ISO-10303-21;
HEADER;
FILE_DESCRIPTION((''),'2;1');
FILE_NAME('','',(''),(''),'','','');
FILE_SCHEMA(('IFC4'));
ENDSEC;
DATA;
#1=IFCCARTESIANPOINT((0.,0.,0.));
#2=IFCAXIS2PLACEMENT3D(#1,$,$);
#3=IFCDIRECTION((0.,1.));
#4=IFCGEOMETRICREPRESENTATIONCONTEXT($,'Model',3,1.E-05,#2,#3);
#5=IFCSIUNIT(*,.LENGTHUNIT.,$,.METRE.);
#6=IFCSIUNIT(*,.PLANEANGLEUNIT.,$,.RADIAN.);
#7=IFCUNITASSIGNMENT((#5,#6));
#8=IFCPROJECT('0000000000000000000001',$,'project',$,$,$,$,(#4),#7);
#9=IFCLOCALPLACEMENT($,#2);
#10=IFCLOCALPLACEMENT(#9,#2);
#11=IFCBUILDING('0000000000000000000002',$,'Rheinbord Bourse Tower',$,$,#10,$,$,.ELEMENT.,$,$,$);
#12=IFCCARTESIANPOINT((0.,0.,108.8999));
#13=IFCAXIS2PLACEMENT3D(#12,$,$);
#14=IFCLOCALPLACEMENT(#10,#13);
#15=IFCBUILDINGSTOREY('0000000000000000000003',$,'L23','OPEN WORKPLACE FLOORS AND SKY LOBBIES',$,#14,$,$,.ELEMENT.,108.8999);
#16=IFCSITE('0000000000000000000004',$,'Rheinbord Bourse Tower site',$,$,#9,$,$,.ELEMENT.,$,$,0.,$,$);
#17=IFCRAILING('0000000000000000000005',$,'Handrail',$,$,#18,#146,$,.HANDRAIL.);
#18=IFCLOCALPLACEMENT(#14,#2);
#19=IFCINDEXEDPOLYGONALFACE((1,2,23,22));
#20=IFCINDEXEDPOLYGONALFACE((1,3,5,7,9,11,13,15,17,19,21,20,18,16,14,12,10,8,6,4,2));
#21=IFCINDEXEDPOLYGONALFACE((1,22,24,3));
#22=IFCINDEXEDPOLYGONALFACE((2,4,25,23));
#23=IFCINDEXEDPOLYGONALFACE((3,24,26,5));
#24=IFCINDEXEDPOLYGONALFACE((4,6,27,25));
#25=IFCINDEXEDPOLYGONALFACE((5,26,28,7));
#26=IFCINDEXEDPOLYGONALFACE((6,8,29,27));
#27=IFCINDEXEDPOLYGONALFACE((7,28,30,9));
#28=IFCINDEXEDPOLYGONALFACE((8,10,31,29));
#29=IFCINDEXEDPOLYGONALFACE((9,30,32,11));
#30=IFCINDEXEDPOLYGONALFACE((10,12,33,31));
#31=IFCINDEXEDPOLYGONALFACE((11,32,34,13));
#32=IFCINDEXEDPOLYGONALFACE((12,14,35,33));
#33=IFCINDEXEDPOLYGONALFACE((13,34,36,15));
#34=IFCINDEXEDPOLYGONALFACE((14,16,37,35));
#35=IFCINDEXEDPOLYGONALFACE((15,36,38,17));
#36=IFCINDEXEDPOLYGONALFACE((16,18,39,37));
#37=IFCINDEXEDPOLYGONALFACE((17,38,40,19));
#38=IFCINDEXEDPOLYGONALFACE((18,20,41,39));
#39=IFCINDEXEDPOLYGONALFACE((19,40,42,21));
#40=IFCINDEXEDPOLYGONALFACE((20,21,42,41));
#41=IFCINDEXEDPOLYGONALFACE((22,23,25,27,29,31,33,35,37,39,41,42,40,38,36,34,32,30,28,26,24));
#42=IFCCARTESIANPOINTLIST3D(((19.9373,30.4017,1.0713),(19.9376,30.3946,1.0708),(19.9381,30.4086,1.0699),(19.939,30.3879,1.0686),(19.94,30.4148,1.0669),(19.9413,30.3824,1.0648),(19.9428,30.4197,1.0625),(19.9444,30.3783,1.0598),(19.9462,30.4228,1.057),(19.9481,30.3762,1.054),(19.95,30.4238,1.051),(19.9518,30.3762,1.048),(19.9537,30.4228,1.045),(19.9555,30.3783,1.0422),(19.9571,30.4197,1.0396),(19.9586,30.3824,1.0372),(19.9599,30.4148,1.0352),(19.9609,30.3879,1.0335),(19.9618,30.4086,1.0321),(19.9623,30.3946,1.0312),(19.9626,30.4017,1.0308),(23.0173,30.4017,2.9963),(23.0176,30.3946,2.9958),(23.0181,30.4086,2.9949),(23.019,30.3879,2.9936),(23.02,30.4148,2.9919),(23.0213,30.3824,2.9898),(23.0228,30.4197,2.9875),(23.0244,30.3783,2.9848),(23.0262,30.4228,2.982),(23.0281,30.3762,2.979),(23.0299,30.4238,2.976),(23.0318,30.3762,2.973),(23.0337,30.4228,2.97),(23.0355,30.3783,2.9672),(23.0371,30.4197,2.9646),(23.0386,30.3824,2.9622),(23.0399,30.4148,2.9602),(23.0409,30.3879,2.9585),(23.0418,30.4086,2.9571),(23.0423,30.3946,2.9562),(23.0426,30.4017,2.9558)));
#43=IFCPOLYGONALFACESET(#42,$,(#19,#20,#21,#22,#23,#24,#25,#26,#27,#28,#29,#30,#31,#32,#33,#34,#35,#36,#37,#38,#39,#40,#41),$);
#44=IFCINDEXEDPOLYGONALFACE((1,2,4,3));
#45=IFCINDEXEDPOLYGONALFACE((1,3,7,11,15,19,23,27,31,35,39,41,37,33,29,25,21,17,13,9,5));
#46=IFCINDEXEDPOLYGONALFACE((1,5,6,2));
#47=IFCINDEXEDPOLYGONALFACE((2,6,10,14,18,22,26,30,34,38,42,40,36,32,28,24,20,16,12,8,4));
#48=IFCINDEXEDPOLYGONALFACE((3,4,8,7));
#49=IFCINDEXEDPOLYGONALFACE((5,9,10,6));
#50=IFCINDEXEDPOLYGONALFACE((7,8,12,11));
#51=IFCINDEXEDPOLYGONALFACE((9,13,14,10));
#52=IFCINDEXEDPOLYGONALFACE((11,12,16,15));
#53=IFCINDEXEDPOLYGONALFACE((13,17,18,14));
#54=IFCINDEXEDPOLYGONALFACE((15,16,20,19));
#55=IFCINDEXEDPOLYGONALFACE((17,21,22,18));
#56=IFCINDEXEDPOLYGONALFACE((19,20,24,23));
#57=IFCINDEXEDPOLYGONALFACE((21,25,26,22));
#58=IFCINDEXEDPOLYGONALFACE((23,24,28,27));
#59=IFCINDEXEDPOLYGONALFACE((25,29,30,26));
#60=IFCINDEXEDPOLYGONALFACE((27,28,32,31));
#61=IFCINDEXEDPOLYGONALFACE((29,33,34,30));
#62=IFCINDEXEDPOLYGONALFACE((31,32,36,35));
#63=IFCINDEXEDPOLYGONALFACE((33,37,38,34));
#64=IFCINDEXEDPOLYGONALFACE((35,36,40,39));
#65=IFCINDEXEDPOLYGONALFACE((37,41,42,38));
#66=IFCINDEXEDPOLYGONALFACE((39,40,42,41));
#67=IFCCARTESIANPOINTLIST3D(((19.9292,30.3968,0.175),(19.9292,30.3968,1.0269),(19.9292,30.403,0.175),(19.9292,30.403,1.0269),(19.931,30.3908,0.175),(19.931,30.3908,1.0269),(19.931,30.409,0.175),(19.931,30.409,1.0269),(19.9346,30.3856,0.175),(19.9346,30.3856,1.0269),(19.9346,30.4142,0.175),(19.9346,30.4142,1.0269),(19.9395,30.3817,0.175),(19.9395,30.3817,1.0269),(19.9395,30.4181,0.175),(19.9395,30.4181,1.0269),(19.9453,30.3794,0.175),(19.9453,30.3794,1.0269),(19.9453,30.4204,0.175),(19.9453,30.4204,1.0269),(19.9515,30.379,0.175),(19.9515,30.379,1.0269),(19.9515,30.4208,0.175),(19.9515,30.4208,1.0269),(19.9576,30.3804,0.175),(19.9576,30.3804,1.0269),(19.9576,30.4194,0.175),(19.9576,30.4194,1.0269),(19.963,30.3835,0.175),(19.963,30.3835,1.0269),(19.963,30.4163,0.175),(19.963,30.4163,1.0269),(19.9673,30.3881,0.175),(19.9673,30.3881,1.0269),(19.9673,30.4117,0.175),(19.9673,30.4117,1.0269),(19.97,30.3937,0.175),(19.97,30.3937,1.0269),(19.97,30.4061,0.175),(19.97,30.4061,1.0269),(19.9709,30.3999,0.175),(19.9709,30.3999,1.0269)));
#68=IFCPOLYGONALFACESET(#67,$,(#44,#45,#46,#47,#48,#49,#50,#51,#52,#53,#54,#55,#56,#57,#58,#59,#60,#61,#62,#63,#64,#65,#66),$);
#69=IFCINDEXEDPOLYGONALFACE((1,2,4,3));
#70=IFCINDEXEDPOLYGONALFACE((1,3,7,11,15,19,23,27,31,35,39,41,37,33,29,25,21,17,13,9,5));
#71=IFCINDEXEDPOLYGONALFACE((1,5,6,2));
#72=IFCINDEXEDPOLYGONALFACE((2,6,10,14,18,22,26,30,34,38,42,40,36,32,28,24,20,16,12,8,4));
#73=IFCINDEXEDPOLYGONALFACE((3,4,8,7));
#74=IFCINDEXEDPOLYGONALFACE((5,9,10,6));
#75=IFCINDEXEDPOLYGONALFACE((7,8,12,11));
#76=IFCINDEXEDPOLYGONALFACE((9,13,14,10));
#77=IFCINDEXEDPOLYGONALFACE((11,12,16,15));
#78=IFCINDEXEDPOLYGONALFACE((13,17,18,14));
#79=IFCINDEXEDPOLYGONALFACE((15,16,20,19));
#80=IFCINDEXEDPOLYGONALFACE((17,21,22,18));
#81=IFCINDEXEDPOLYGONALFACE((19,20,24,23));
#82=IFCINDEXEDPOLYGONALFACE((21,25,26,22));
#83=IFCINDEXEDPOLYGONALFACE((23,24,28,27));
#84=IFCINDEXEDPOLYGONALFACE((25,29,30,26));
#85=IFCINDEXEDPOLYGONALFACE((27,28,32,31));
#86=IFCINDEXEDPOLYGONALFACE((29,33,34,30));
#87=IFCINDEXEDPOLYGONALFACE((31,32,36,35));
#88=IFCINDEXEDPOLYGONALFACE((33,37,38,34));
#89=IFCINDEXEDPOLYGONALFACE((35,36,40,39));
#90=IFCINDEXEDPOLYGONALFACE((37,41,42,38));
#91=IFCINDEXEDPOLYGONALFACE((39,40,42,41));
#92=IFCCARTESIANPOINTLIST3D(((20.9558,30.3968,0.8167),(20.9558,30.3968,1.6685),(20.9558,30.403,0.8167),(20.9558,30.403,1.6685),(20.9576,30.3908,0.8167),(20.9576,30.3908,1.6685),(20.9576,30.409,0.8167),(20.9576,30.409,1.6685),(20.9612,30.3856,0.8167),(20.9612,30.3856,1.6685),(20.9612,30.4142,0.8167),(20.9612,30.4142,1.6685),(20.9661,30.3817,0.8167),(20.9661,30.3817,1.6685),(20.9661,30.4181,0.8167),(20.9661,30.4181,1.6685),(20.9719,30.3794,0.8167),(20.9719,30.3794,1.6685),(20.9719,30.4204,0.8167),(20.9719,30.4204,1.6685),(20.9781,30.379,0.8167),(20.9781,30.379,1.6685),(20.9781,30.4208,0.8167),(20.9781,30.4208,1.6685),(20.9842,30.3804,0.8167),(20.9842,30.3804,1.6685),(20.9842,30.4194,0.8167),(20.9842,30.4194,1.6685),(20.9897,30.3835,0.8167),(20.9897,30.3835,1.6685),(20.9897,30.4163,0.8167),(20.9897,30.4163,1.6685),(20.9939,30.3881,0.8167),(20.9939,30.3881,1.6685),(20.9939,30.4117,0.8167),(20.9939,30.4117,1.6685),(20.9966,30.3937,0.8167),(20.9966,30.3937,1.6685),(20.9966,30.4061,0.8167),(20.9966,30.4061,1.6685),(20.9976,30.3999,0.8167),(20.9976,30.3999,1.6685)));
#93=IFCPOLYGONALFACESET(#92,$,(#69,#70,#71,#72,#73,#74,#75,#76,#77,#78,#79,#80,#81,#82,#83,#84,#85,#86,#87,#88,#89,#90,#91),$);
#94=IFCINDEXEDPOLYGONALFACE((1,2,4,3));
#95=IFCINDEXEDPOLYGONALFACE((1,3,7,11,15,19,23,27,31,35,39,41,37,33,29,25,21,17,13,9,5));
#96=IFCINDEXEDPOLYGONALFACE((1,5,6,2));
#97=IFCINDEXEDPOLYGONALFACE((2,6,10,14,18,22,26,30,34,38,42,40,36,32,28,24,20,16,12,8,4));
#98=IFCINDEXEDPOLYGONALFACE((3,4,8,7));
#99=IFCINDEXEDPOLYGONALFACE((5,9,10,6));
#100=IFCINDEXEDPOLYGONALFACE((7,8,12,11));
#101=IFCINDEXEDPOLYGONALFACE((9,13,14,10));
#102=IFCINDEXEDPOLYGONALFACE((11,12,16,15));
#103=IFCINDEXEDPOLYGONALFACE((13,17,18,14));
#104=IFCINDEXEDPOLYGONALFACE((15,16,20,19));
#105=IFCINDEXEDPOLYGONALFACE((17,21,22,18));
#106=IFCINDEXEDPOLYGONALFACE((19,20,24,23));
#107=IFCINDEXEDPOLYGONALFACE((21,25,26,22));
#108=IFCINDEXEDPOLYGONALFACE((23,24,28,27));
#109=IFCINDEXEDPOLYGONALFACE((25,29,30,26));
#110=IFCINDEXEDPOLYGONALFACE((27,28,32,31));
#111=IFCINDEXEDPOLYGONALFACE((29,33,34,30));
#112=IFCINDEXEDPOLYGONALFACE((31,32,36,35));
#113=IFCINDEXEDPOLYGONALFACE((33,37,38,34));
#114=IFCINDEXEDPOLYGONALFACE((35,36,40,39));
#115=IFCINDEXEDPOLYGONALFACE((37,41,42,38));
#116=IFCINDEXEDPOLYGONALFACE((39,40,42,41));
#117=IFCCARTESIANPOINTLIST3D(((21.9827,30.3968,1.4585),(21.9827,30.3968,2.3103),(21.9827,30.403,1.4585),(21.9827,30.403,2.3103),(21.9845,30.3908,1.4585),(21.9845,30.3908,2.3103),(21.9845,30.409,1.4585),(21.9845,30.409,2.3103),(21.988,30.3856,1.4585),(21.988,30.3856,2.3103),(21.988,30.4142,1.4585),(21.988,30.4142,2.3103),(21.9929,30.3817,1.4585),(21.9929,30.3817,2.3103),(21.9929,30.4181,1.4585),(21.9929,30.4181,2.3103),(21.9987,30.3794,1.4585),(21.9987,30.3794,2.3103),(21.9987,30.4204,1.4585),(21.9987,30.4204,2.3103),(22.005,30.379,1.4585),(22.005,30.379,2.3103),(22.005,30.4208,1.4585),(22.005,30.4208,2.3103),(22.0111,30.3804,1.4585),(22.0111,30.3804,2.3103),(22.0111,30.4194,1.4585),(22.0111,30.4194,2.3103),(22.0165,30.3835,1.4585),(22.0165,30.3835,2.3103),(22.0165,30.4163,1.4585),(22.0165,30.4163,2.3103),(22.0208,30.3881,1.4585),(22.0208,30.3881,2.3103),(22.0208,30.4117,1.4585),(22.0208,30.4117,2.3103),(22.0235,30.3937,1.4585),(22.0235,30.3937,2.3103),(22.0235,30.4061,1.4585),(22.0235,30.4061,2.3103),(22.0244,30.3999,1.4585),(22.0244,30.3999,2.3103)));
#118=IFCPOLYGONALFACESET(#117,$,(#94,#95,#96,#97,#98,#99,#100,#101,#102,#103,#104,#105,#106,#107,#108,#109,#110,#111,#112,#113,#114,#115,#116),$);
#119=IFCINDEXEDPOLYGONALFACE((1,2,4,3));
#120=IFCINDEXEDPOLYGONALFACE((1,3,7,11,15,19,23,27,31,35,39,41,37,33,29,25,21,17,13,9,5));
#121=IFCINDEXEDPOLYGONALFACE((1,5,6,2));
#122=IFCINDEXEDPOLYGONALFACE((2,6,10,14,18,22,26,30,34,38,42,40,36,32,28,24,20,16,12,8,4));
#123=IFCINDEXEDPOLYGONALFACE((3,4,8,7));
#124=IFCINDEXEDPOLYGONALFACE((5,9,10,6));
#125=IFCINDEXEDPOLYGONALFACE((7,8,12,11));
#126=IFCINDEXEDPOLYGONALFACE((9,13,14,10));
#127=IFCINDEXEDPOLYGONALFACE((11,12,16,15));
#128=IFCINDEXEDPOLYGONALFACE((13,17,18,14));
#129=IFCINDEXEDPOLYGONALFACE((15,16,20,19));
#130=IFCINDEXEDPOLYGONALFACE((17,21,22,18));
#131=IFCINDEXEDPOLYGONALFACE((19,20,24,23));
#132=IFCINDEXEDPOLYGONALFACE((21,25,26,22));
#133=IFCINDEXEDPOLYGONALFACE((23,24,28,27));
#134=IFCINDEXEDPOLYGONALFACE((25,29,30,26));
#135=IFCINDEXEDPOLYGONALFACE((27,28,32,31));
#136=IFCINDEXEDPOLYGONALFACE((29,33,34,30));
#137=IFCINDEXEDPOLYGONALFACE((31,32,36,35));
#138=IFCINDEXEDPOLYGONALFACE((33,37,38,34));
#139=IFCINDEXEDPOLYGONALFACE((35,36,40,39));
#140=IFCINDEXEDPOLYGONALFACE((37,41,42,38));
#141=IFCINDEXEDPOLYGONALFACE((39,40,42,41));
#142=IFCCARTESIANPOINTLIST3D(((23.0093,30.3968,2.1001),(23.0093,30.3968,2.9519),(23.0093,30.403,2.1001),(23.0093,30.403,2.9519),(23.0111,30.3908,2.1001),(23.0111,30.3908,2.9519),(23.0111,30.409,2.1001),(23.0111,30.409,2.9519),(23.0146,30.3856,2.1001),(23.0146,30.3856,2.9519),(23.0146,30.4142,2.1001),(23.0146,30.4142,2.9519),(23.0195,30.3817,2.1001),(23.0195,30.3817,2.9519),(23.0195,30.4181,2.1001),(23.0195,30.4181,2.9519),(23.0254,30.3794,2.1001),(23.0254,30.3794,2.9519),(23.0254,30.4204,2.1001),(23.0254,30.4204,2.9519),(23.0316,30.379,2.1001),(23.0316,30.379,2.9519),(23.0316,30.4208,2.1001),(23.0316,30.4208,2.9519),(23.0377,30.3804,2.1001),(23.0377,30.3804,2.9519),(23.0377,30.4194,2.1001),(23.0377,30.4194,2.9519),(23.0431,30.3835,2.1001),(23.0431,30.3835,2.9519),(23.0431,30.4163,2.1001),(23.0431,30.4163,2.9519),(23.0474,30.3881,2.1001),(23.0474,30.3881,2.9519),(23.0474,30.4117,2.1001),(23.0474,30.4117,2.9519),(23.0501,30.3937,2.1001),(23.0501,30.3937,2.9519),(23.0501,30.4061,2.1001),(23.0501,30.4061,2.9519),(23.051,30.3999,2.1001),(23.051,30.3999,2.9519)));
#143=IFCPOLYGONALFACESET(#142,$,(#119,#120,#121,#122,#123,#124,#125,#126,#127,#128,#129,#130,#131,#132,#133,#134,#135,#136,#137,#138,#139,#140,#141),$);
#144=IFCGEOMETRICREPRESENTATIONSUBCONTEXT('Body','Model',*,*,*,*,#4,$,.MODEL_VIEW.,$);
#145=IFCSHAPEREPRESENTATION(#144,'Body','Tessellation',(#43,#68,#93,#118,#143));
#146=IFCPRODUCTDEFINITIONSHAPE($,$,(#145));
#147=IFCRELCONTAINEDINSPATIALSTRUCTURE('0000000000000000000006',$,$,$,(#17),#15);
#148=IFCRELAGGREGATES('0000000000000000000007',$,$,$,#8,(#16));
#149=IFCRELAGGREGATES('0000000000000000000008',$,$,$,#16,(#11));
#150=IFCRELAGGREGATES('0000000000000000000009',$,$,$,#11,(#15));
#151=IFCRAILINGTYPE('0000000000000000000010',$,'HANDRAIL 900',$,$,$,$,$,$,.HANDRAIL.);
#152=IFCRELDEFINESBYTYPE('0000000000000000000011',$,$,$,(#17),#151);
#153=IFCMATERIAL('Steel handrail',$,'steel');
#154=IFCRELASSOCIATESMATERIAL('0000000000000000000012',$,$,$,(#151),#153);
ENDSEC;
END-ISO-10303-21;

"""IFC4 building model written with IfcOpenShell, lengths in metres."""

from ifc_helpers import new_model, si_unit, direction, frame, origin, origin_2d, place, context, subcontext, project, spatial, circle, extrude, material, type_object, element, save


model = new_model("IFC4")

# Units and contexts
model_context = context("Model", 3, precision=1e-05, world=origin(), true_north=direction((0.0, 1.0)))
body_context = subcontext(model_context, "Body", "Model", "MODEL_VIEW")
ifc_project = project(units=[si_unit("LENGTHUNIT", "METRE"), si_unit("PLANEANGLEUNIT", "RADIAN")], contexts=[model_context])

# Site, building, storey
site_placement = place(None, origin())
site = spatial("IfcSite", under=ifc_project, at=site_placement, Name="Rheinbord Bourse Tower site", CompositionType="ELEMENT", RefElevation=0.0)
building_placement = place(site_placement, origin())
building = spatial("IfcBuilding", under=site, at=building_placement, Name="Rheinbord Bourse Tower", CompositionType="ELEMENT")
storey_placement = place(building_placement, frame((0.0, 0.0, 108.8999)))
storey = spatial("IfcBuildingStorey", under=building, at=storey_placement, Name="L23", Description="OPEN WORKPLACE FLOORS AND SKY LOBBIES", CompositionType="ELEMENT", Elevation=108.8999)

# Railing
ifc_material_1 = material(Name="Steel handrail", Category="steel")
railing_type = type_object("IfcRailingType", Name="HANDRAIL 900", PredefinedType="HANDRAIL", material=ifc_material_1)
railing_1_placement = place(storey_placement, frame((19.95, 30.3999, 0.175)))
element("IfcRailing", 1, at=railing_1_placement, inside=storey, type_object=railing_type, Name="Handrail", PredefinedType="HANDRAIL", context=body_context, shape_type="SweptSolid", body=[
    extrude(circle(Radius=0.0239, at=origin_2d()), frame((0.0, 0.0, 0.876), z_axis=(0.847998, 0.0, 0.529999), x_axis=(0.0, 1.0, 0.0)), (0.0, 0.0, 1.0), 3.6321),
    extrude(circle(Radius=0.021, at=origin_2d()), origin(), (0.0, 0.0, 1.0), 0.8518),
    extrude(circle(Radius=0.021, at=origin_2d()), frame((1.0266, 0.0, 0.6416)), (0.0, 0.0, 1.0), 0.8518),
    extrude(circle(Radius=0.021, at=origin_2d()), frame((2.0535, 0.0, 1.2834)), (0.0, 0.0, 1.0), 0.8518),
    extrude(circle(Radius=0.021, at=origin_2d()), frame((3.0801, 0.0, 1.925)), (0.0, 0.0, 1.0), 0.8518),
])

save(model, "model.ifc")
